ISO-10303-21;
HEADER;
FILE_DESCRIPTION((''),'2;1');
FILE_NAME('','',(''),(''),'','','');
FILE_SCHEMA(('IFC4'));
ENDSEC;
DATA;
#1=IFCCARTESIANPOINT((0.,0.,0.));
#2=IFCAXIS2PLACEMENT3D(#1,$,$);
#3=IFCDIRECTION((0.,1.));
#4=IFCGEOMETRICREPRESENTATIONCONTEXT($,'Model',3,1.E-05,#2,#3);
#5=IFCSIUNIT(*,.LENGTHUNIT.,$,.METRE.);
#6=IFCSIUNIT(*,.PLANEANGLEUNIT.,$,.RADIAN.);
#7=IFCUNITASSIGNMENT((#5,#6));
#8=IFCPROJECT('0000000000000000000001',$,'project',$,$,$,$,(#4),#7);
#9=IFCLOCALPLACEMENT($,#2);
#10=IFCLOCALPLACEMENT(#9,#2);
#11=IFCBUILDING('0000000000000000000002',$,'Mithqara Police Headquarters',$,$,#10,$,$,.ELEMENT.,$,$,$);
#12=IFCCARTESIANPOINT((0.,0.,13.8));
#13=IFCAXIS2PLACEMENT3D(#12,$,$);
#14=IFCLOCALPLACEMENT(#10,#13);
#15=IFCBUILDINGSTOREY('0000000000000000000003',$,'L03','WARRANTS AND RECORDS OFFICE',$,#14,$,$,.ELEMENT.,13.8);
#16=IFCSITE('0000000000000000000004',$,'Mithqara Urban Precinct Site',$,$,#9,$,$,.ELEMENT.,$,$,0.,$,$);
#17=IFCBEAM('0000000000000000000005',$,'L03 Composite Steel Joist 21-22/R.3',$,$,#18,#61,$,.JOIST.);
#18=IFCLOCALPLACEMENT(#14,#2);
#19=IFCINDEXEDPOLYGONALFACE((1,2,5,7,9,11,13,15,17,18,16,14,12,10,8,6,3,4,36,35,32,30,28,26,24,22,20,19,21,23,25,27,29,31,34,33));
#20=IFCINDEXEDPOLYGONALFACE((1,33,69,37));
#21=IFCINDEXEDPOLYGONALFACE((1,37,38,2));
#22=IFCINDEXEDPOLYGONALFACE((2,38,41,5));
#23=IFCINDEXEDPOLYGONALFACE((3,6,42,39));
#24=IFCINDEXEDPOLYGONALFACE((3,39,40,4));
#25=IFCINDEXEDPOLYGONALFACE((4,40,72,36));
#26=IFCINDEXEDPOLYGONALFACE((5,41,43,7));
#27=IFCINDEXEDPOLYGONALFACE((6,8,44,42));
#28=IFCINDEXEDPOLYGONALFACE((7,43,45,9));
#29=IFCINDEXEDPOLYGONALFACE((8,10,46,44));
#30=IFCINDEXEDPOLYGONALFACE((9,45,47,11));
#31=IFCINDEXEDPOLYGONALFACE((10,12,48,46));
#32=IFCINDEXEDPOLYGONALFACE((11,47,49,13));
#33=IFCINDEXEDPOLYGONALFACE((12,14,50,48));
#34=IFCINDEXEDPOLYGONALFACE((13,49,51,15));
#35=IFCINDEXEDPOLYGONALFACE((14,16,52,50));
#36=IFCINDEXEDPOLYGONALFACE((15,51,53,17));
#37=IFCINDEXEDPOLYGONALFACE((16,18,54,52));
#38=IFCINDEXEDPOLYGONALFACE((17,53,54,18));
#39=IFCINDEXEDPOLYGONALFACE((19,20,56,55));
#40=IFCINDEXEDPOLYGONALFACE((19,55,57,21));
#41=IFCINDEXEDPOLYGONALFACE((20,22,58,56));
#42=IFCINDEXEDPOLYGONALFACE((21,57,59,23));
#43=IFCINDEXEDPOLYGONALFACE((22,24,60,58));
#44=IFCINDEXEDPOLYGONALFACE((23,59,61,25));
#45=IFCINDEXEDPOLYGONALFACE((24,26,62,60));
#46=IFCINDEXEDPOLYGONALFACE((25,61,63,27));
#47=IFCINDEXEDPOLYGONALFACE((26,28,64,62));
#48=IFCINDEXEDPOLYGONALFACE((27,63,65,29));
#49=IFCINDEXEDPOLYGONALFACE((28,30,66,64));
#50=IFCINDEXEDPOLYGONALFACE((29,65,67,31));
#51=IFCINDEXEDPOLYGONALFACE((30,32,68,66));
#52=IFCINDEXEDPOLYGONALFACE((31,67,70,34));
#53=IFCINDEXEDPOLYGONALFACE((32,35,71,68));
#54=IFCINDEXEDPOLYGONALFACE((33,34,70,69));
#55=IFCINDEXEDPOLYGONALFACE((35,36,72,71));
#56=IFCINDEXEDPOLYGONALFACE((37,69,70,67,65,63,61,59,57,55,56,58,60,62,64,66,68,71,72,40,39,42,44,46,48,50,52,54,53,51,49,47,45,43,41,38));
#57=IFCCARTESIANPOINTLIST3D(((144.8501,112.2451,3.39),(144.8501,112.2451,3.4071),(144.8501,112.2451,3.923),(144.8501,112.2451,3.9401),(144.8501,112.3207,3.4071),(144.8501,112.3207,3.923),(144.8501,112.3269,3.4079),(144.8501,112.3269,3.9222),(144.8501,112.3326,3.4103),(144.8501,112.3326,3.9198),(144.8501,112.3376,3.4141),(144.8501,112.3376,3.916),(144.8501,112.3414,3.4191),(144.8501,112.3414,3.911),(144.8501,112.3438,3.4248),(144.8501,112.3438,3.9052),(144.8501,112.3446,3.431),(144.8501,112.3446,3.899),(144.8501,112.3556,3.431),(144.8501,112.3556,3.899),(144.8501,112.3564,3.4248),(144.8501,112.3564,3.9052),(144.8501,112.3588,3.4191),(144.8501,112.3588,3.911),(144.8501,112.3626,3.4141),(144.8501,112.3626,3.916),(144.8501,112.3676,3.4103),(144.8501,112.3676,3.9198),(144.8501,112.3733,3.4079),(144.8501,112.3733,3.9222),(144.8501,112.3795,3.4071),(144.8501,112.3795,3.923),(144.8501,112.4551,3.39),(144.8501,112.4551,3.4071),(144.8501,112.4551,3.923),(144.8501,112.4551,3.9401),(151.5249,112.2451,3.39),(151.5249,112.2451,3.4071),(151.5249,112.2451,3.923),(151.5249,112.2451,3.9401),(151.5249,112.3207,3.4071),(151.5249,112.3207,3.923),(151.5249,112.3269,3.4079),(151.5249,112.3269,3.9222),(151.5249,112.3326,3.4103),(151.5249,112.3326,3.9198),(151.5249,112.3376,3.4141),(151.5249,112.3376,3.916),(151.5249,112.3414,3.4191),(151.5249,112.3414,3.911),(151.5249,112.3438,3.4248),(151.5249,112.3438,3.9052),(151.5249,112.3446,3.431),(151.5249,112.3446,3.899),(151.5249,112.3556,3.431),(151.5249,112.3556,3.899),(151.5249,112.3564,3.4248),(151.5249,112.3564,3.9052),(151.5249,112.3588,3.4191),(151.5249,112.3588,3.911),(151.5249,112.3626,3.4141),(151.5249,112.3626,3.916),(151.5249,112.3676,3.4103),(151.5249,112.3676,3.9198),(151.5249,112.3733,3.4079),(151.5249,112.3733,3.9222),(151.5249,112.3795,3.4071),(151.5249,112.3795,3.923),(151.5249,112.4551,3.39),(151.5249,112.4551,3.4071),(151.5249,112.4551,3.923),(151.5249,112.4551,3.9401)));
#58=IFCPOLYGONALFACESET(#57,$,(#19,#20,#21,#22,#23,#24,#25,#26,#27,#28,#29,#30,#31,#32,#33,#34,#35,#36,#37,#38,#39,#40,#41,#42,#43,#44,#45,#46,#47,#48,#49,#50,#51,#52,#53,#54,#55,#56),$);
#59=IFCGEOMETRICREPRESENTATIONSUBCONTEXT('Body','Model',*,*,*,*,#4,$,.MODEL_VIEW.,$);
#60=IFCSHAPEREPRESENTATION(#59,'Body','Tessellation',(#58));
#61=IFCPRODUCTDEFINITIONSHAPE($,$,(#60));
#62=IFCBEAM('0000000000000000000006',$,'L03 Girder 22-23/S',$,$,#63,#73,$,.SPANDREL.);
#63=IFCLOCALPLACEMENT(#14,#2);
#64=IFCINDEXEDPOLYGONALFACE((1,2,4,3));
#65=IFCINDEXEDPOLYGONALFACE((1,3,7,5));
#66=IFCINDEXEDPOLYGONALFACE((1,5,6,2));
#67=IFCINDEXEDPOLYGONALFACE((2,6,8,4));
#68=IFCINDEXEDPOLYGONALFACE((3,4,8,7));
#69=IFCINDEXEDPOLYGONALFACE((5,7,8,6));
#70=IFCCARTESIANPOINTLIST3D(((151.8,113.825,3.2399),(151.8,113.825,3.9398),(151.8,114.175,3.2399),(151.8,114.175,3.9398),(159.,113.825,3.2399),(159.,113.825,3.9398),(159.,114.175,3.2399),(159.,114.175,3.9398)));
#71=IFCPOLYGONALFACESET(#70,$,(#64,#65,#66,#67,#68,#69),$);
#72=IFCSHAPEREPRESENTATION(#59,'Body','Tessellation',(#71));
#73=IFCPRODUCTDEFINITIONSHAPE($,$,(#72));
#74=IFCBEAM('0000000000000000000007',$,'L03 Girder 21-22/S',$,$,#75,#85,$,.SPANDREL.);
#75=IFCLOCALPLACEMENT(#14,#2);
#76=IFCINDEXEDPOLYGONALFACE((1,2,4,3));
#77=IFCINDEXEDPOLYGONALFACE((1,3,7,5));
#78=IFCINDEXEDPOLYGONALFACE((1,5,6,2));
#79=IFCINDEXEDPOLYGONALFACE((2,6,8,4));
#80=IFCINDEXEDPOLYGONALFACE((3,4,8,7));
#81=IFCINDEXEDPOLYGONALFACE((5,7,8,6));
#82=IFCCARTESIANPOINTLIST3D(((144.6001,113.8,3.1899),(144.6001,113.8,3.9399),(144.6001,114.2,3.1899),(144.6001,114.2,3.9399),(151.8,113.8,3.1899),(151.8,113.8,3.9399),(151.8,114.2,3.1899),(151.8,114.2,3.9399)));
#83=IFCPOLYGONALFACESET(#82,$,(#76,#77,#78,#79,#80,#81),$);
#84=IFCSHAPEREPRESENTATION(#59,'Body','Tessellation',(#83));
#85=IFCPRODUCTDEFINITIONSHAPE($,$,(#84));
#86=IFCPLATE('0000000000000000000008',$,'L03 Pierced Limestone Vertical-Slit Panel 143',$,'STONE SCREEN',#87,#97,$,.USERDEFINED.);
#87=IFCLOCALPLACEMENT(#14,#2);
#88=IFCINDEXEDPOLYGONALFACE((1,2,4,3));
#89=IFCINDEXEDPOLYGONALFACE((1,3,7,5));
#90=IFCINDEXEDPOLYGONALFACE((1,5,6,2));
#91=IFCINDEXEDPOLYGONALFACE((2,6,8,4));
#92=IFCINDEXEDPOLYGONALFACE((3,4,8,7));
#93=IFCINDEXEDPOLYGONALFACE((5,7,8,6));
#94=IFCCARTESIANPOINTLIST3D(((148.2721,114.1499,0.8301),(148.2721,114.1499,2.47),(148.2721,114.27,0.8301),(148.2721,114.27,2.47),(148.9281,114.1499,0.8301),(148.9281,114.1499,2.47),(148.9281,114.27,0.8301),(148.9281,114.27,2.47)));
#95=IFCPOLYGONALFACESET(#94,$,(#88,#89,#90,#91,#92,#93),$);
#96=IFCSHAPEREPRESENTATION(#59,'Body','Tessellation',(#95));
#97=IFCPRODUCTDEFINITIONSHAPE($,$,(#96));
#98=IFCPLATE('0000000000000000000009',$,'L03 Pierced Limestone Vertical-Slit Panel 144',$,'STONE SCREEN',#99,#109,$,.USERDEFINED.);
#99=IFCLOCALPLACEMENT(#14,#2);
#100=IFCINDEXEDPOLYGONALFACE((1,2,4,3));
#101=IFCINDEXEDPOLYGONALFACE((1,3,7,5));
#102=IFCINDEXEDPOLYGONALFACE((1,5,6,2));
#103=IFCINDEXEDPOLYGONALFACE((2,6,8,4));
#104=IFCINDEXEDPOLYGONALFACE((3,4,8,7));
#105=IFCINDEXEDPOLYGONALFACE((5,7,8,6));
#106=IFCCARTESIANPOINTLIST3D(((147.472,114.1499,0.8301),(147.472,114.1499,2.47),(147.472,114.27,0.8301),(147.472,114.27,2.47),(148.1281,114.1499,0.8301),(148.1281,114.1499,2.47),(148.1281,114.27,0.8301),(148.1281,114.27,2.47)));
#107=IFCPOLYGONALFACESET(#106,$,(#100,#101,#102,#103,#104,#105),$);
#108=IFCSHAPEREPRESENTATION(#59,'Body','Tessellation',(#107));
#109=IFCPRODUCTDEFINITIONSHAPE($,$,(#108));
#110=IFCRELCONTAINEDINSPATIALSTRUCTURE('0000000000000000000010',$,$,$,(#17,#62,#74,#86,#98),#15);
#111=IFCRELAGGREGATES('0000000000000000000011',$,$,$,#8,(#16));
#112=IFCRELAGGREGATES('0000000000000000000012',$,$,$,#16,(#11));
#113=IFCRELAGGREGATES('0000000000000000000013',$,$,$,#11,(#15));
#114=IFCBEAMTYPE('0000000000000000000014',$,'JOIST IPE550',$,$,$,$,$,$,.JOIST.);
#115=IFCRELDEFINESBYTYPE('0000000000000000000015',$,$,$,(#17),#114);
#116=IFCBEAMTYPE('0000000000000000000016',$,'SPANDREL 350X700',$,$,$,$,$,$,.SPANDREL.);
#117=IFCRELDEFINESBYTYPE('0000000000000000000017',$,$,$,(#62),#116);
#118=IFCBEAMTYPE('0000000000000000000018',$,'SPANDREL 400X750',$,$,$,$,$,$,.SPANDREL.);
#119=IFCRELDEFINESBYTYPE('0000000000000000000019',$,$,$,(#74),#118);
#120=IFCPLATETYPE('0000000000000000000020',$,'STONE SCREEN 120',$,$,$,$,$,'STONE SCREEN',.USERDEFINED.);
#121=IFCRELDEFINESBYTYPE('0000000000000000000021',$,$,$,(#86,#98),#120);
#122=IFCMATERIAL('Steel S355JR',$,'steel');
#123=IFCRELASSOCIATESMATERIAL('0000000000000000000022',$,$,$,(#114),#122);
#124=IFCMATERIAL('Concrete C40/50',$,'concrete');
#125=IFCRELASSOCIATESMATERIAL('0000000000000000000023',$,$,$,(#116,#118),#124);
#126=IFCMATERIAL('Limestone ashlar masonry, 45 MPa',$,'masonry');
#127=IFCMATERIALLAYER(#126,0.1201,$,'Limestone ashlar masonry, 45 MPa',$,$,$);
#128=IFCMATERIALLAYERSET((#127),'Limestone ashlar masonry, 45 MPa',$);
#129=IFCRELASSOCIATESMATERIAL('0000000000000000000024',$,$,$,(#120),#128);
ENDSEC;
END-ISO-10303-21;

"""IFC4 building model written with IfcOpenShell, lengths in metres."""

from ifc_helpers import new_model, si_unit, direction, frame, origin, origin_2d, place, context, subcontext, project, spatial, rectangle, i_section, extrude, material, layer, layer_set, material_profile, profile_set, type_object, element, save


model = new_model("IFC4")

# Units and contexts
model_context = context("Model", 3, precision=1e-05, world=origin(), true_north=direction((0.0, 1.0)))
body_context = subcontext(model_context, "Body", "Model", "MODEL_VIEW")
ifc_project = project(units=[si_unit("LENGTHUNIT", "METRE"), si_unit("PLANEANGLEUNIT", "RADIAN")], contexts=[model_context])

# Site, building, storey
site_placement = place(None, origin())
site = spatial("IfcSite", under=ifc_project, at=site_placement, Name="Mithqara Urban Precinct Site", CompositionType="ELEMENT", RefElevation=0.0)
building_placement = place(site_placement, origin())
building = spatial("IfcBuilding", under=site, at=building_placement, Name="Mithqara Police Headquarters", CompositionType="ELEMENT")
storey_placement = place(building_placement, frame((0.0, 0.0, 13.8)))
storey = spatial("IfcBuildingStorey", under=building, at=storey_placement, Name="L03", Description="WARRANTS AND RECORDS OFFICE", CompositionType="ELEMENT", Elevation=13.8)

# Beams
ifc_material_1 = material(Name="Steel S355JR", Category="steel")
ifc_material_2 = material(Name="Concrete C40/50", Category="concrete")
ifc_material_profile_1 = material_profile(ifc_material_1, i_section(OverallWidth=0.21, OverallDepth=0.55, WebThickness=0.011, FlangeThickness=0.0171, FilletRadius=0.0239, at=origin_2d()), Name="IPE 550")
ifc_profile_set_1 = profile_set([ifc_material_profile_1], Name="Steel S355JR")
beam_type_1 = type_object("IfcBeamType", Name="JOIST IPE550", PredefinedType="JOIST", material=ifc_profile_set_1)
beam_1_placement = place(storey_placement, frame((144.8501, 112.3501, 3.665), z_axis=(1.0, 0.0, 0.0), x_axis=(0.0, 1.0, 0.0)))
element("IfcBeam", 1, at=beam_1_placement, inside=storey, type_object=beam_type_1, Name="L03 Composite Steel Joist 21-22/R.3", PredefinedType="JOIST", context=body_context, shape_type="SweptSolid", body=[
    extrude(i_section(OverallWidth=0.21, OverallDepth=0.55, WebThickness=0.011, FlangeThickness=0.0171, FilletRadius=0.0239, at=origin_2d()), origin(), (0.0, 0.0, 1.0), 6.6748),
])
ifc_material_profile_2 = material_profile(ifc_material_2, rectangle(XDim=0.3501, YDim=0.7, at=origin_2d()), Name="SPB 350x700")
ifc_profile_set_2 = profile_set([ifc_material_profile_2], Name="Concrete C40/50")
beam_type_2 = type_object("IfcBeamType", Name="SPANDREL 350X700", PredefinedType="SPANDREL", material=ifc_profile_set_2)
beam_2_placement = place(storey_placement, frame((151.8, 114.0, 3.5898), z_axis=(1.0, 0.0, 0.0), x_axis=(0.0, 1.0, 0.0)))
element("IfcBeam", 2, at=beam_2_placement, inside=storey, type_object=beam_type_2, Name="L03 Girder 22-23/S", PredefinedType="SPANDREL", context=body_context, shape_type="SweptSolid", body=[
    extrude(rectangle(XDim=0.3501, YDim=0.7, at=origin_2d()), origin(), (0.0, 0.0, 1.0), 7.2),
])
ifc_material_profile_3 = material_profile(ifc_material_2, rectangle(XDim=0.3999, YDim=0.75, at=origin_2d()), Name="SPB 400x750")
ifc_profile_set_3 = profile_set([ifc_material_profile_3], Name="Concrete C40/50")
beam_type_3 = type_object("IfcBeamType", Name="SPANDREL 400X750", PredefinedType="SPANDREL", material=ifc_profile_set_3)
beam_3_placement = place(storey_placement, frame((144.6001, 114.0, 3.5649), z_axis=(1.0, 0.0, 0.0), x_axis=(0.0, 1.0, 0.0)))
element("IfcBeam", 3, at=beam_3_placement, inside=storey, type_object=beam_type_3, Name="L03 Girder 21-22/S", PredefinedType="SPANDREL", context=body_context, shape_type="SweptSolid", body=[
    extrude(rectangle(XDim=0.3999, YDim=0.75, at=origin_2d()), origin(), (0.0, 0.0, 1.0), 7.2),
])

# Plates
ifc_material_3 = material(Name="Limestone ashlar masonry, 45 MPa", Category="masonry")
ifc_layer_1 = layer(ifc_material_3, 0.1201, Name="Limestone ashlar masonry, 45 MPa")
ifc_layer_set_1 = layer_set([ifc_layer_1], Name="Limestone ashlar masonry, 45 MPa")
plate_type = type_object("IfcPlateType", Name="STONE SCREEN 120", ElementType="STONE SCREEN", PredefinedType="USERDEFINED", material=ifc_layer_set_1)
for number, where, z_axis, x_axis, name in (
    (4, (148.6001, 114.21, 0.8301), (0.0, 0.0, 1.0), (1.0, 0.0, 0.0), "L03 Pierced Limestone Vertical-Slit Panel 143"),
    (5, (147.8, 114.21, 0.8301), (0.0, 0.0, 1.0), (1.0, 0.0, 0.0), "L03 Pierced Limestone Vertical-Slit Panel 144"),
):
    element("IfcPlate", number, at=place(storey_placement, frame(where, z_axis=z_axis, x_axis=x_axis)), inside=storey, type_object=plate_type, Name=name, ObjectType="STONE SCREEN", PredefinedType="USERDEFINED", context=body_context, shape_type="SweptSolid", body=[
        extrude(rectangle(XDim=0.656, YDim=0.1201, at=origin_2d()), origin(), (0.0, 0.0, 1.0), 1.6399),
    ])

save(model, "model.ifc")
